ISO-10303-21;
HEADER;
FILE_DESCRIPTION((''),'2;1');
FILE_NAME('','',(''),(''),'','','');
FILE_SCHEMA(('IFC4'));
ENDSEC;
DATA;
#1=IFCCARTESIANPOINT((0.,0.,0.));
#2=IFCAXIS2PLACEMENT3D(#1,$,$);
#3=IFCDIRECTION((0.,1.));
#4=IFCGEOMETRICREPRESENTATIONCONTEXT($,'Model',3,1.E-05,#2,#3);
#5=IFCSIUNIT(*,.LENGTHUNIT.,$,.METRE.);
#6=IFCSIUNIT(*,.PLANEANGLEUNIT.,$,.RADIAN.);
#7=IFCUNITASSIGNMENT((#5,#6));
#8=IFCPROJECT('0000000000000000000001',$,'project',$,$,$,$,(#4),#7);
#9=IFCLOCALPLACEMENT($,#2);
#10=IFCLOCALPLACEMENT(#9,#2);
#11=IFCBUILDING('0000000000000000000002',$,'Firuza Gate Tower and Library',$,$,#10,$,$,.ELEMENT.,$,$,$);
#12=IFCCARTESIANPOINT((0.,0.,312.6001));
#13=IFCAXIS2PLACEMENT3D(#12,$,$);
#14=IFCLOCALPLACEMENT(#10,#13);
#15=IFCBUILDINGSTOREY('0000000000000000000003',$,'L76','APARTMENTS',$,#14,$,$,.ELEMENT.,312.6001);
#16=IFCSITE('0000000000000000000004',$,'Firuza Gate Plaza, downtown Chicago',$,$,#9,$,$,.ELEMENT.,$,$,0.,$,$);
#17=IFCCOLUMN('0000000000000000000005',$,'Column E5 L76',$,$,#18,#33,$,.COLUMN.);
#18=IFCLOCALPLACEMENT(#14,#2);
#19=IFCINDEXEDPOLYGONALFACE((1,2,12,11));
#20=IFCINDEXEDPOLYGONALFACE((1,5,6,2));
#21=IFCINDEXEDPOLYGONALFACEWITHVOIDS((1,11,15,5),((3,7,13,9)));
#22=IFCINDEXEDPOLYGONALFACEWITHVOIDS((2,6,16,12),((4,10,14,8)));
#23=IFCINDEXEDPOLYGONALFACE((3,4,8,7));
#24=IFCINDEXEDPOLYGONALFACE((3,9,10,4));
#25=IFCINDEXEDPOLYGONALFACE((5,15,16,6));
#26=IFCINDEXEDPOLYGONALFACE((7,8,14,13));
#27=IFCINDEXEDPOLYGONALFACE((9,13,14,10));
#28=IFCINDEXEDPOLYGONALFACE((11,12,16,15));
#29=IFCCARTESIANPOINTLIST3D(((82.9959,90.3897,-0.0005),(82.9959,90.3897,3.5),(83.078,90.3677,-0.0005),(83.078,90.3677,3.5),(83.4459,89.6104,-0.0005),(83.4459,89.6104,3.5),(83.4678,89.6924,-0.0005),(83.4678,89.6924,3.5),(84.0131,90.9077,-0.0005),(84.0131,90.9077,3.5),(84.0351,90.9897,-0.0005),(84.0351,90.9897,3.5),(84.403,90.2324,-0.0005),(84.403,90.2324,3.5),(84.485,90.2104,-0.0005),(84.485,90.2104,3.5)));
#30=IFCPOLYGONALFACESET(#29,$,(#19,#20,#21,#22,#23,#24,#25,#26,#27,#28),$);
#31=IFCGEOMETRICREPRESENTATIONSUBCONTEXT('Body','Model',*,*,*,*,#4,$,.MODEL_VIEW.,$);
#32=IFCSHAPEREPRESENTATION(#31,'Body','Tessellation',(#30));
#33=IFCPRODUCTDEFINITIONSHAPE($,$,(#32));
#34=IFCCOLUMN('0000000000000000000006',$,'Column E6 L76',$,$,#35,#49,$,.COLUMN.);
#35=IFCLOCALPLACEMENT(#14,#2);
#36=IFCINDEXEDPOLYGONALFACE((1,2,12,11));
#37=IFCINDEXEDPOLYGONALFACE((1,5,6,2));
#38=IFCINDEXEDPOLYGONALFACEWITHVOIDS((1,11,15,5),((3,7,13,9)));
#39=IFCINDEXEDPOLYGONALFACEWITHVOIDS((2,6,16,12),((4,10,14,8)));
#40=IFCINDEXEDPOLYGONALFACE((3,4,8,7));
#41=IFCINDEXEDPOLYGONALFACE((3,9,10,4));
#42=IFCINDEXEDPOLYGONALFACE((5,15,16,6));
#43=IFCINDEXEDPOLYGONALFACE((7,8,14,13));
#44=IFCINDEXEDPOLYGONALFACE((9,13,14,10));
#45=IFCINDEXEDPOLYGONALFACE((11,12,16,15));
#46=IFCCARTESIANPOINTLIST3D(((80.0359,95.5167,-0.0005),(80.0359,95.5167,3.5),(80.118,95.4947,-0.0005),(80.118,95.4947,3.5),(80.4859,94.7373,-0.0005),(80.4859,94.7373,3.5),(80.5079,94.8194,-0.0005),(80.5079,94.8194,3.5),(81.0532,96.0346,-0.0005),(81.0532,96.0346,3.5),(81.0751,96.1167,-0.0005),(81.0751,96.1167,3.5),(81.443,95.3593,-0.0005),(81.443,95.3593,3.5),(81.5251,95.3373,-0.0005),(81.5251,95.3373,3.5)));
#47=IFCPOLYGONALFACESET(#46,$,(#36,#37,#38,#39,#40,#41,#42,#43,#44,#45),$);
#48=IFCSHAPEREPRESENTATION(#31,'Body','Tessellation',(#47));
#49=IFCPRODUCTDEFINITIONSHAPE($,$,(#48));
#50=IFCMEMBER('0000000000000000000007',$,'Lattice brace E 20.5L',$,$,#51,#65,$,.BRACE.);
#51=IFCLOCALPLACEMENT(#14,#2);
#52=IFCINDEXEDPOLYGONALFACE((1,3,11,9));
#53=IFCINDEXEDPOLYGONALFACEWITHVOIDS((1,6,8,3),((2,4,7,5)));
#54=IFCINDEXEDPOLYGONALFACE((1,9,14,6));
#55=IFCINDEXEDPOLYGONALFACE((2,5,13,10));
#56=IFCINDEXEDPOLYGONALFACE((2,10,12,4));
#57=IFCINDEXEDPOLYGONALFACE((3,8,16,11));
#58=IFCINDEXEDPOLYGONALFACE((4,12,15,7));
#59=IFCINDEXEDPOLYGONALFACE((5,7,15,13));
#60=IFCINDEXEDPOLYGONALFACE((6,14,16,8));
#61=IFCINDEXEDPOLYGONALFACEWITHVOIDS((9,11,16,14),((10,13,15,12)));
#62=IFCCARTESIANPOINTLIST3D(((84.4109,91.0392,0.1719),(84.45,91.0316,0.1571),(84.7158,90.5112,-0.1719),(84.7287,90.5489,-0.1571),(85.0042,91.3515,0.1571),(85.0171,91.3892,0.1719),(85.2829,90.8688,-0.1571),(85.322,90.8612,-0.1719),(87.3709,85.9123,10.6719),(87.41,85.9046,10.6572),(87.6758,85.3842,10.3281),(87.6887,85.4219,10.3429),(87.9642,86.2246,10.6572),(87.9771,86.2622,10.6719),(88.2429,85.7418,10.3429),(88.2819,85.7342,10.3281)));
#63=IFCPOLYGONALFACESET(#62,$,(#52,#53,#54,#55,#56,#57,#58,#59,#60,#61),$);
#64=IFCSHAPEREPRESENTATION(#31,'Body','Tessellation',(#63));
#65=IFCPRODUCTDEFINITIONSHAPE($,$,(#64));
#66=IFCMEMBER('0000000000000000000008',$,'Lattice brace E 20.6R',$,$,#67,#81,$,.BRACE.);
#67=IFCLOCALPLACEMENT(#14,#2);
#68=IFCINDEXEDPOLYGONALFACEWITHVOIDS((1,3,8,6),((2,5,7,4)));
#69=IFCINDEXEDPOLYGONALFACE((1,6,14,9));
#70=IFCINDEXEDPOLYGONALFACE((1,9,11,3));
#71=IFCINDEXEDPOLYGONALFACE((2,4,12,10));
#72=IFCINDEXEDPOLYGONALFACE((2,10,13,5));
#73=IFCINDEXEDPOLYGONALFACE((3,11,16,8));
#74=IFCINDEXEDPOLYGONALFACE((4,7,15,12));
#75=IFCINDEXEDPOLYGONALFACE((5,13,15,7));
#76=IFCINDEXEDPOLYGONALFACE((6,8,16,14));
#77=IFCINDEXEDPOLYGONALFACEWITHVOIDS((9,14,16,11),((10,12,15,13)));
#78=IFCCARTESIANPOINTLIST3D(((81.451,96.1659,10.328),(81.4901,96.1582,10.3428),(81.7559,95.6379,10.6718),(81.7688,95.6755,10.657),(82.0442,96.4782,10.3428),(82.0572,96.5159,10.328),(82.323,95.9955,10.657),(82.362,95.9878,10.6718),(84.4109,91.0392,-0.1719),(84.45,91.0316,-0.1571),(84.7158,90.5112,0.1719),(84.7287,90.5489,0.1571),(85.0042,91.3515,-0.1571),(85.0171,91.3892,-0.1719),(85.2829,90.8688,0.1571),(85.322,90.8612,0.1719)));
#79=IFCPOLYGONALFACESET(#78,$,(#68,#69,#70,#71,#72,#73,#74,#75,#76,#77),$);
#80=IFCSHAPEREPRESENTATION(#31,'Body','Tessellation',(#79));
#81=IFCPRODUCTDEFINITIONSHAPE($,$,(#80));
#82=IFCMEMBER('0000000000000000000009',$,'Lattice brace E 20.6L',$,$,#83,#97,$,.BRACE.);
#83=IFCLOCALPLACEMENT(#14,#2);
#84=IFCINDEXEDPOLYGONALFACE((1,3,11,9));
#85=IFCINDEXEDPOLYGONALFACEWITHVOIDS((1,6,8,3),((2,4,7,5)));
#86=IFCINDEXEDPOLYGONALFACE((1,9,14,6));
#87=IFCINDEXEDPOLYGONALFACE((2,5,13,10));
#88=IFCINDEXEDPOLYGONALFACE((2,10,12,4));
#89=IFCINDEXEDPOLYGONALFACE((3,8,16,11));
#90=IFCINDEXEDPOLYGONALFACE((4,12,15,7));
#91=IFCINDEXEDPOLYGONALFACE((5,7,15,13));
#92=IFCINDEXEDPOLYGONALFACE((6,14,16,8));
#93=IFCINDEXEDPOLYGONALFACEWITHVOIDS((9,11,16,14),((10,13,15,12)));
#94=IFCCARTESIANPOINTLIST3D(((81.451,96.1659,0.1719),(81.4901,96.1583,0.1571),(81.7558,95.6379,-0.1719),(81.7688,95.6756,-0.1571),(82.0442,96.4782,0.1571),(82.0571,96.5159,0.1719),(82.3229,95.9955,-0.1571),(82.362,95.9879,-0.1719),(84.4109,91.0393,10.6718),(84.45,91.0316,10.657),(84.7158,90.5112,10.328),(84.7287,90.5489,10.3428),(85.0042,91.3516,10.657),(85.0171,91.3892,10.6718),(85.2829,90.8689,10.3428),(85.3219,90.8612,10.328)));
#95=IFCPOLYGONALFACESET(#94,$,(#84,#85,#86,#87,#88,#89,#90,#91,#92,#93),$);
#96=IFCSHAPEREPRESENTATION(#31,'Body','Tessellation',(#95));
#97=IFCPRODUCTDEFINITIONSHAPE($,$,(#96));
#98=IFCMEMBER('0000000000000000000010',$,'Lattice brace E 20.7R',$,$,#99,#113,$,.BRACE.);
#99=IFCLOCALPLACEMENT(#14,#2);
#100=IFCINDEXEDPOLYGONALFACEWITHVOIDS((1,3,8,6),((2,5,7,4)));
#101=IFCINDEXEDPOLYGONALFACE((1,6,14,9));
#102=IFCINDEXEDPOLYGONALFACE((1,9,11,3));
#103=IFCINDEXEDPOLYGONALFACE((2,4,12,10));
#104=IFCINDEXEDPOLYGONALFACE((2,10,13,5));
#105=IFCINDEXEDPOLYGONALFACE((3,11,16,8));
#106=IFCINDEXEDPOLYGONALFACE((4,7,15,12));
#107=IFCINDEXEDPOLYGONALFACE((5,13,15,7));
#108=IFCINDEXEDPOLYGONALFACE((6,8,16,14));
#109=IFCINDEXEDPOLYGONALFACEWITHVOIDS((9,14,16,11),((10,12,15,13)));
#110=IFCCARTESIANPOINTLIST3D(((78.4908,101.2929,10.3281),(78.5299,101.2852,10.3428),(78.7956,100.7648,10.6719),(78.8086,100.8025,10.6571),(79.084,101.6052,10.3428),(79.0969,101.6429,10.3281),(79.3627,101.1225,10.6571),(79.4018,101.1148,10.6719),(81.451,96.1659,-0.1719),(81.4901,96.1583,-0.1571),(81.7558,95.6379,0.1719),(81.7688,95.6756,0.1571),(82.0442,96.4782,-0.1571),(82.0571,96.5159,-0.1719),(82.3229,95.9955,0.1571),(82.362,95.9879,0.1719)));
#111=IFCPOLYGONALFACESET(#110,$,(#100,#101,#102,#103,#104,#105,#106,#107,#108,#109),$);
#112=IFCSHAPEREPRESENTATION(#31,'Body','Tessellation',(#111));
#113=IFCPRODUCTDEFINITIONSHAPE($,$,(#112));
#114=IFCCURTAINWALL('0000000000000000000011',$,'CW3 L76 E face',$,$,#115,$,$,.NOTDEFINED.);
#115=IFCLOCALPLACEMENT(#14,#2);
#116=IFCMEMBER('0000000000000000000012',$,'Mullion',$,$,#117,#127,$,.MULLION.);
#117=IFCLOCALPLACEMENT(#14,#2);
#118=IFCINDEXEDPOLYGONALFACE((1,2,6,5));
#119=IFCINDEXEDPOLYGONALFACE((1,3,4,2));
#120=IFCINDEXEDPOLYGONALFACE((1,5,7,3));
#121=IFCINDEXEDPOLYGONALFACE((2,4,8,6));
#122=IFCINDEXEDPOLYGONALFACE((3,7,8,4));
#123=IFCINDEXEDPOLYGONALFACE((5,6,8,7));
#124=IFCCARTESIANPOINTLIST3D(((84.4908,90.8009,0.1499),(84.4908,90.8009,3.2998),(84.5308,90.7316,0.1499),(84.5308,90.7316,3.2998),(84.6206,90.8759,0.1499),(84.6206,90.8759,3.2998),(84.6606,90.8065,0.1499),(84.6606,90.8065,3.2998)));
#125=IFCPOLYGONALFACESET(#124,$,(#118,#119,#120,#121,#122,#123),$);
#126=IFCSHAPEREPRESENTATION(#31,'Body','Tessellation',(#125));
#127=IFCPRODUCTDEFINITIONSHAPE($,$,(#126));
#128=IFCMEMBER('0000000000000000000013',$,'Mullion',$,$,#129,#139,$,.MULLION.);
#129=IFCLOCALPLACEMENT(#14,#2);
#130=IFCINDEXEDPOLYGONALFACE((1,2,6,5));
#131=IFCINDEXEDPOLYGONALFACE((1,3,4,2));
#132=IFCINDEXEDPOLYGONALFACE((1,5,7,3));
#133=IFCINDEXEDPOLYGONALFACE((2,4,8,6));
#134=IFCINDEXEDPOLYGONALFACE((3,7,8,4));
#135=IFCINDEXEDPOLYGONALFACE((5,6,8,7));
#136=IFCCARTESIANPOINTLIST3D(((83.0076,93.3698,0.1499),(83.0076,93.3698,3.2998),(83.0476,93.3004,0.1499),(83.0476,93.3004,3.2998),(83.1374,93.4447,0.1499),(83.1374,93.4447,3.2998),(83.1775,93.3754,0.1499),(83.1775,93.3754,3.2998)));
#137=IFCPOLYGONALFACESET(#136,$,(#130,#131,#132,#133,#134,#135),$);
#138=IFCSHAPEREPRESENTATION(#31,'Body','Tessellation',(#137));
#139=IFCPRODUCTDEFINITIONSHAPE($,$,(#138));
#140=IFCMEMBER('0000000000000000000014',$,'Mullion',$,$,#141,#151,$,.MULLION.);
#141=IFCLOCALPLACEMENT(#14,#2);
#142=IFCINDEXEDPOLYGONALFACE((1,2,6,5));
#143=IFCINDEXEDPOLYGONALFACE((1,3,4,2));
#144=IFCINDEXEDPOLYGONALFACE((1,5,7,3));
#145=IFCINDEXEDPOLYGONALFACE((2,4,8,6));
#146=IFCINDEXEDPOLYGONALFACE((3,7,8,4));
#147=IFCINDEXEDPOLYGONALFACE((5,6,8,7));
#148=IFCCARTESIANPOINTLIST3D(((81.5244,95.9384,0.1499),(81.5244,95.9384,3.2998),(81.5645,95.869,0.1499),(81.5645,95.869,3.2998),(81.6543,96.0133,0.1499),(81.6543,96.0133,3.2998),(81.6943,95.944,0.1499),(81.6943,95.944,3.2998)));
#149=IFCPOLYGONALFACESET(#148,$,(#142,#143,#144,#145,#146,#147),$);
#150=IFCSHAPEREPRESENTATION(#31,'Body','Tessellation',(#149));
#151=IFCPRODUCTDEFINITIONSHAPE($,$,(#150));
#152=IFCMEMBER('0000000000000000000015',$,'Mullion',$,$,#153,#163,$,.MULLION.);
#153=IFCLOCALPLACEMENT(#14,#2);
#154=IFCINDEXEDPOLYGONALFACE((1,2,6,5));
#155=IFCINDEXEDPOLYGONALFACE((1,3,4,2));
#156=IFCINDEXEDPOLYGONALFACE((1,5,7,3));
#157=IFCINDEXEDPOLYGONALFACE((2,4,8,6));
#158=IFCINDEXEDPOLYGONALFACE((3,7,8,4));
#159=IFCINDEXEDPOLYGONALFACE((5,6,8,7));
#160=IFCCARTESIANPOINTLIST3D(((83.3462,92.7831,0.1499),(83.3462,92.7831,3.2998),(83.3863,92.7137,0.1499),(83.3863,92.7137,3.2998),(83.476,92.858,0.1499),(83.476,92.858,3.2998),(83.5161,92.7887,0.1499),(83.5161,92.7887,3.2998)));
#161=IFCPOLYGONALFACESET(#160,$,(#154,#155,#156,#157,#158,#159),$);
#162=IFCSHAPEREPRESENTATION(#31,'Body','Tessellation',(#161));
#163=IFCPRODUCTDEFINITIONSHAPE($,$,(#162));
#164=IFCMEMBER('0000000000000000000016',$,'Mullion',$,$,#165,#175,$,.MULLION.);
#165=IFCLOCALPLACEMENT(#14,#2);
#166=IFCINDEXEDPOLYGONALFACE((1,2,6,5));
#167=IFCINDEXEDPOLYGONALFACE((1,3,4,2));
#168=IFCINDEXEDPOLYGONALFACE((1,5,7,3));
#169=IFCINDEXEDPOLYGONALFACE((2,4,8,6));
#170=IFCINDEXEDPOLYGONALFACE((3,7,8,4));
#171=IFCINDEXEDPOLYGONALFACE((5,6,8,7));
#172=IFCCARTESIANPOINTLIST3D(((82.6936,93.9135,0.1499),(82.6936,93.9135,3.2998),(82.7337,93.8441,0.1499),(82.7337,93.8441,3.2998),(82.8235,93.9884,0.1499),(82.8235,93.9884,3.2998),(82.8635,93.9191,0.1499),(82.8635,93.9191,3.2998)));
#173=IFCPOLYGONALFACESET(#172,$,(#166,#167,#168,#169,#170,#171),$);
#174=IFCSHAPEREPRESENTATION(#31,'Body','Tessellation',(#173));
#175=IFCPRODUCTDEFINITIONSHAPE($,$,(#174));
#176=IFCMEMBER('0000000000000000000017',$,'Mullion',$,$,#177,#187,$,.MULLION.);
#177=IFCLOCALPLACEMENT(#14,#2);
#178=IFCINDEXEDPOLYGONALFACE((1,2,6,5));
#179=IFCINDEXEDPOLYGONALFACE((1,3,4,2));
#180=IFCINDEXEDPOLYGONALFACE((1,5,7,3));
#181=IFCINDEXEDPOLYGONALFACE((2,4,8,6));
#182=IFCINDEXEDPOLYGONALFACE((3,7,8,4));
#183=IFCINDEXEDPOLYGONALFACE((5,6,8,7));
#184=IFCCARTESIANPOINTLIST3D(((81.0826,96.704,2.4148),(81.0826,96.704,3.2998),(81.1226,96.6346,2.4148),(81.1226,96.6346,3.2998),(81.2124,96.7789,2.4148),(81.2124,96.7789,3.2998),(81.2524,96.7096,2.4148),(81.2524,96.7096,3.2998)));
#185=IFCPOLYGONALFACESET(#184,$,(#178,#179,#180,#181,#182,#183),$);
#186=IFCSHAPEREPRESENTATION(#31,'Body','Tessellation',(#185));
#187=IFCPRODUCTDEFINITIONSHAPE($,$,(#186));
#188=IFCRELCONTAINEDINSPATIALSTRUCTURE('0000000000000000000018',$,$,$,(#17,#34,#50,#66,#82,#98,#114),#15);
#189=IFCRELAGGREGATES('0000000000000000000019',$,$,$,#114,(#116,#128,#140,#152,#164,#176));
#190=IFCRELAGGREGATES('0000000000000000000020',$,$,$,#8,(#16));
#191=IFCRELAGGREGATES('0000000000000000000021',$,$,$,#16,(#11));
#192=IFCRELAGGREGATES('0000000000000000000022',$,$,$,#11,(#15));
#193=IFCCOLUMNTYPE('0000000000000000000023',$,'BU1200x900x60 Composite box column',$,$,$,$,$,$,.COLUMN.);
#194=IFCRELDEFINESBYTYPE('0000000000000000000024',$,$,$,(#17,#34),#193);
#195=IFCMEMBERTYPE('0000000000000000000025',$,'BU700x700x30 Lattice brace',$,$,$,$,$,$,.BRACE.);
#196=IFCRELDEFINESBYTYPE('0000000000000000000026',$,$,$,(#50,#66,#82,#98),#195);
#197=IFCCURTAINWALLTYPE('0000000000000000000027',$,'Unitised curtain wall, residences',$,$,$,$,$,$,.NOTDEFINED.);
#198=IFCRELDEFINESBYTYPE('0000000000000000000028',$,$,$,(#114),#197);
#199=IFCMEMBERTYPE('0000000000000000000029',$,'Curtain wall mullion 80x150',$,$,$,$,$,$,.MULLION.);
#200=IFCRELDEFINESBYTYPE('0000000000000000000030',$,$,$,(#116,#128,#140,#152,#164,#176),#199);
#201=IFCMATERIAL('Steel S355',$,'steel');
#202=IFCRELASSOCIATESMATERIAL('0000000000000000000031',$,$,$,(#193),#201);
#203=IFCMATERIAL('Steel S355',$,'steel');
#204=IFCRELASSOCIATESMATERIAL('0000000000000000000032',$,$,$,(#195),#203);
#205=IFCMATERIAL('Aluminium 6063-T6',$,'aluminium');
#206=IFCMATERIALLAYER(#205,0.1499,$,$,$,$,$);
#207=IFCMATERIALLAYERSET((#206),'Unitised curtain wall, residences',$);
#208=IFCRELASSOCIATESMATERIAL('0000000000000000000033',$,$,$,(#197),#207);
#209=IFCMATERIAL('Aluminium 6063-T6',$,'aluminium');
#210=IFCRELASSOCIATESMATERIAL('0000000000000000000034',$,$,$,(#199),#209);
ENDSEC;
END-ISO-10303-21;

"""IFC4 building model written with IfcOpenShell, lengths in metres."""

from ifc_helpers import new_model, si_unit, direction, frame, origin, origin_2d, place, context, subcontext, project, spatial, rectangle, hollow_rectangle, extrude, material, layer, layer_set, material_profile, profile_set, type_object, element, aggregate, save


model = new_model("IFC4")

# Units and contexts
model_context = context("Model", 3, precision=1e-05, world=origin(), true_north=direction((0.0, 1.0)))
body_context = subcontext(model_context, "Body", "Model", "MODEL_VIEW")
ifc_project = project(units=[si_unit("LENGTHUNIT", "METRE"), si_unit("PLANEANGLEUNIT", "RADIAN")], contexts=[model_context])

# Site, building, storey
site_placement = place(None, origin())
site = spatial("IfcSite", under=ifc_project, at=site_placement, Name="Firuza Gate Plaza, downtown Chicago", CompositionType="ELEMENT", RefElevation=0.0)
building_placement = place(site_placement, origin())
building = spatial("IfcBuilding", under=site, at=building_placement, Name="Firuza Gate Tower and Library", CompositionType="ELEMENT")
storey_placement = place(building_placement, frame((0.0, 0.0, 312.6001)))
storey = spatial("IfcBuildingStorey", under=building, at=storey_placement, Name="L76", Description="APARTMENTS", CompositionType="ELEMENT", Elevation=312.6001)

# Columns
ifc_material_1 = material(Name="Steel S355", Category="steel")
ifc_material_profile_1 = material_profile(ifc_material_1, hollow_rectangle(XDim=0.8999, YDim=1.2, WallThickness=0.0601, at=origin_2d()))
ifc_profile_set_1 = profile_set([ifc_material_profile_1], Name="Steel S355")
column_type = type_object("IfcColumnType", Name="BU1200x900x60 Composite box column", PredefinedType="COLUMN", material=ifc_profile_set_1)
for number, where, z_axis, x_axis, name in (
    (1, (83.7405, 90.3, -0.0005), (0.0, 0.0, 1.0), (-0.5, 0.866025, 0.0), "Column E5 L76"),
    (2, (80.7805, 95.427, -0.0005), (0.0, 0.0, 1.0), (-0.5, 0.866025, 0.0), "Column E6 L76"),
):
    element("IfcColumn", number, at=place(storey_placement, frame(where, z_axis=z_axis, x_axis=x_axis)), inside=storey, type_object=column_type, Name=name, PredefinedType="COLUMN", context=body_context, shape_type="SweptSolid", body=[
        extrude(hollow_rectangle(XDim=0.8999, YDim=1.2, WallThickness=0.0601, at=origin_2d()), origin(), (0.0, 0.0, 1.0), 3.5005),
    ])

# Members
ifc_material_2 = material(Name="Steel S355", Category="steel")
ifc_material_profile_2 = material_profile(ifc_material_2, hollow_rectangle(XDim=0.7, YDim=0.7, WallThickness=0.03, at=origin_2d()))
ifc_profile_set_2 = profile_set([ifc_material_profile_2], Name="Steel S355")
member_type_1 = type_object("IfcMemberType", Name="BU700x700x30 Lattice brace", PredefinedType="BRACE", material=ifc_profile_set_2)
member_1_placement = place(storey_placement, frame((84.8665, 90.9502, 0.0), z_axis=(0.24556, -0.425335, 0.871086), x_axis=(0.866032, 0.499989, 0.0)))
element("IfcMember", 3, at=member_1_placement, inside=storey, type_object=member_type_1, Name="Lattice brace E 20.5L", PredefinedType="BRACE", context=body_context, shape_type="SweptSolid", body=[
    extrude(hollow_rectangle(XDim=0.7, YDim=0.7, WallThickness=0.03, at=origin_2d()), origin(), (0.0, 0.0, 1.0), 12.054),
])
for number, where, z_axis, x_axis, name in (
    (4, (84.8665, 90.9502, 0.0), (-0.245562, 0.425318, 0.871093), (-0.866021, -0.500007, 0.0), "Lattice brace E 20.6R"),
    (5, (81.9065, 96.0769, 0.0), (0.245562, -0.425318, 0.871093), (0.866021, 0.500007, 0.0), "Lattice brace E 20.6L"),
):
    element("IfcMember", number, at=place(storey_placement, frame(where, z_axis=z_axis, x_axis=x_axis)), inside=storey, type_object=member_type_1, Name=name, PredefinedType="BRACE", context=body_context, shape_type="SweptSolid", body=[
        extrude(hollow_rectangle(XDim=0.7, YDim=0.7, WallThickness=0.03, at=origin_2d()), origin(), (0.0, 0.0, 1.0), 12.0537),
    ])
member_2_placement = place(storey_placement, frame((81.9065, 96.0769, 0.0), z_axis=(-0.245579, 0.425333, 0.871081), x_axis=(-0.866014, -0.50002, 0.0)))
element("IfcMember", 6, at=member_2_placement, inside=storey, type_object=member_type_1, Name="Lattice brace E 20.7R", PredefinedType="BRACE", context=body_context, shape_type="SweptSolid", body=[
    extrude(hollow_rectangle(XDim=0.7, YDim=0.7, WallThickness=0.03, at=origin_2d()), origin(), (0.0, 0.0, 1.0), 12.054),
])

# Curtain wall, members
ifc_material_3 = material(Name="Aluminium 6063-T6", Category="aluminium")
ifc_layer_1 = layer(ifc_material_3, 0.1499)
ifc_layer_set_1 = layer_set([ifc_layer_1], Name="Unitised curtain wall, residences")
curtain_wall_type = type_object("IfcCurtainWallType", Name="Unitised curtain wall, residences", PredefinedType="NOTDEFINED", material=ifc_layer_set_1)
curtain_wall_placement = place(storey_placement, origin())
curtain_wall = element("IfcCurtainWall", 7, at=curtain_wall_placement, inside=storey, type_object=curtain_wall_type, Name="CW3 L76 E face", PredefinedType="NOTDEFINED")
ifc_material_4 = material(Name="Aluminium 6063-T6", Category="aluminium")
ifc_material_profile_3 = material_profile(ifc_material_4, rectangle(XDim=0.1499, YDim=0.0801, at=origin_2d()))
ifc_profile_set_3 = profile_set([ifc_material_profile_3], Name="Aluminium 6063-T6")
member_type_2 = type_object("IfcMemberType", Name="Curtain wall mullion 80x150", PredefinedType="MULLION", material=ifc_profile_set_3)
member_3_placement = place(storey_placement, frame((84.5757, 90.8037, 0.1499), z_axis=(0.0, 0.0, 1.0), x_axis=(-0.866025, -0.5, 0.0)))
member_3 = element("IfcMember", 8, at=member_3_placement, type_object=member_type_2, Name="Mullion", PredefinedType="MULLION", context=body_context, shape_type="SweptSolid", body=[
    extrude(rectangle(XDim=0.1499, YDim=0.0801, at=origin_2d()), origin(), (0.0, 0.0, 1.0), 3.1499),
])
member_4_placement = place(storey_placement, frame((83.0925, 93.3726, 0.1499), z_axis=(0.0, 0.0, 1.0), x_axis=(-0.866025, -0.5, 0.0)))
member_4 = element("IfcMember", 9, at=member_4_placement, type_object=member_type_2, Name="Mullion", PredefinedType="MULLION", context=body_context, shape_type="SweptSolid", body=[
    extrude(rectangle(XDim=0.1499, YDim=0.0801, at=origin_2d()), origin(), (0.0, 0.0, 1.0), 3.1499),
])
member_5_placement = place(storey_placement, frame((81.6094, 95.9412, 0.1499), z_axis=(0.0, 0.0, 1.0), x_axis=(-0.866025, -0.5, 0.0)))
member_5 = element("IfcMember", 10, at=member_5_placement, type_object=member_type_2, Name="Mullion", PredefinedType="MULLION", context=body_context, shape_type="SweptSolid", body=[
    extrude(rectangle(XDim=0.1499, YDim=0.0801, at=origin_2d()), origin(), (0.0, 0.0, 1.0), 3.1499),
])
member_6_placement = place(storey_placement, frame((83.4312, 92.7859, 0.1499), z_axis=(0.0, 0.0, 1.0), x_axis=(-0.866025, -0.5, 0.0)))
member_6 = element("IfcMember", 11, at=member_6_placement, type_object=member_type_2, Name="Mullion", PredefinedType="MULLION", context=body_context, shape_type="SweptSolid", body=[
    extrude(rectangle(XDim=0.1499, YDim=0.0801, at=origin_2d()), origin(), (0.0, 0.0, 1.0), 3.1499),
])
member_7_placement = place(storey_placement, frame((82.7786, 93.9163, 0.1499), z_axis=(0.0, 0.0, 1.0), x_axis=(-0.866025, -0.5, 0.0)))
member_7 = element("IfcMember", 12, at=member_7_placement, type_object=member_type_2, Name="Mullion", PredefinedType="MULLION", context=body_context, shape_type="SweptSolid", body=[
    extrude(rectangle(XDim=0.1499, YDim=0.0801, at=origin_2d()), origin(), (0.0, 0.0, 1.0), 3.1499),
])
member_8_placement = place(storey_placement, frame((81.1675, 96.7068, 2.4148), z_axis=(0.0, 0.0, 1.0), x_axis=(-0.866025, -0.5, 0.0)))
member_8 = element("IfcMember", 13, at=member_8_placement, type_object=member_type_2, Name="Mullion", PredefinedType="MULLION", context=body_context, shape_type="SweptSolid", body=[
    extrude(rectangle(XDim=0.1499, YDim=0.0801, at=origin_2d()), origin(), (0.0, 0.0, 1.0), 0.885),
])

aggregate(curtain_wall, [member_3, member_4, member_5, member_6, member_7, member_8])

save(model, "model.ifc")
